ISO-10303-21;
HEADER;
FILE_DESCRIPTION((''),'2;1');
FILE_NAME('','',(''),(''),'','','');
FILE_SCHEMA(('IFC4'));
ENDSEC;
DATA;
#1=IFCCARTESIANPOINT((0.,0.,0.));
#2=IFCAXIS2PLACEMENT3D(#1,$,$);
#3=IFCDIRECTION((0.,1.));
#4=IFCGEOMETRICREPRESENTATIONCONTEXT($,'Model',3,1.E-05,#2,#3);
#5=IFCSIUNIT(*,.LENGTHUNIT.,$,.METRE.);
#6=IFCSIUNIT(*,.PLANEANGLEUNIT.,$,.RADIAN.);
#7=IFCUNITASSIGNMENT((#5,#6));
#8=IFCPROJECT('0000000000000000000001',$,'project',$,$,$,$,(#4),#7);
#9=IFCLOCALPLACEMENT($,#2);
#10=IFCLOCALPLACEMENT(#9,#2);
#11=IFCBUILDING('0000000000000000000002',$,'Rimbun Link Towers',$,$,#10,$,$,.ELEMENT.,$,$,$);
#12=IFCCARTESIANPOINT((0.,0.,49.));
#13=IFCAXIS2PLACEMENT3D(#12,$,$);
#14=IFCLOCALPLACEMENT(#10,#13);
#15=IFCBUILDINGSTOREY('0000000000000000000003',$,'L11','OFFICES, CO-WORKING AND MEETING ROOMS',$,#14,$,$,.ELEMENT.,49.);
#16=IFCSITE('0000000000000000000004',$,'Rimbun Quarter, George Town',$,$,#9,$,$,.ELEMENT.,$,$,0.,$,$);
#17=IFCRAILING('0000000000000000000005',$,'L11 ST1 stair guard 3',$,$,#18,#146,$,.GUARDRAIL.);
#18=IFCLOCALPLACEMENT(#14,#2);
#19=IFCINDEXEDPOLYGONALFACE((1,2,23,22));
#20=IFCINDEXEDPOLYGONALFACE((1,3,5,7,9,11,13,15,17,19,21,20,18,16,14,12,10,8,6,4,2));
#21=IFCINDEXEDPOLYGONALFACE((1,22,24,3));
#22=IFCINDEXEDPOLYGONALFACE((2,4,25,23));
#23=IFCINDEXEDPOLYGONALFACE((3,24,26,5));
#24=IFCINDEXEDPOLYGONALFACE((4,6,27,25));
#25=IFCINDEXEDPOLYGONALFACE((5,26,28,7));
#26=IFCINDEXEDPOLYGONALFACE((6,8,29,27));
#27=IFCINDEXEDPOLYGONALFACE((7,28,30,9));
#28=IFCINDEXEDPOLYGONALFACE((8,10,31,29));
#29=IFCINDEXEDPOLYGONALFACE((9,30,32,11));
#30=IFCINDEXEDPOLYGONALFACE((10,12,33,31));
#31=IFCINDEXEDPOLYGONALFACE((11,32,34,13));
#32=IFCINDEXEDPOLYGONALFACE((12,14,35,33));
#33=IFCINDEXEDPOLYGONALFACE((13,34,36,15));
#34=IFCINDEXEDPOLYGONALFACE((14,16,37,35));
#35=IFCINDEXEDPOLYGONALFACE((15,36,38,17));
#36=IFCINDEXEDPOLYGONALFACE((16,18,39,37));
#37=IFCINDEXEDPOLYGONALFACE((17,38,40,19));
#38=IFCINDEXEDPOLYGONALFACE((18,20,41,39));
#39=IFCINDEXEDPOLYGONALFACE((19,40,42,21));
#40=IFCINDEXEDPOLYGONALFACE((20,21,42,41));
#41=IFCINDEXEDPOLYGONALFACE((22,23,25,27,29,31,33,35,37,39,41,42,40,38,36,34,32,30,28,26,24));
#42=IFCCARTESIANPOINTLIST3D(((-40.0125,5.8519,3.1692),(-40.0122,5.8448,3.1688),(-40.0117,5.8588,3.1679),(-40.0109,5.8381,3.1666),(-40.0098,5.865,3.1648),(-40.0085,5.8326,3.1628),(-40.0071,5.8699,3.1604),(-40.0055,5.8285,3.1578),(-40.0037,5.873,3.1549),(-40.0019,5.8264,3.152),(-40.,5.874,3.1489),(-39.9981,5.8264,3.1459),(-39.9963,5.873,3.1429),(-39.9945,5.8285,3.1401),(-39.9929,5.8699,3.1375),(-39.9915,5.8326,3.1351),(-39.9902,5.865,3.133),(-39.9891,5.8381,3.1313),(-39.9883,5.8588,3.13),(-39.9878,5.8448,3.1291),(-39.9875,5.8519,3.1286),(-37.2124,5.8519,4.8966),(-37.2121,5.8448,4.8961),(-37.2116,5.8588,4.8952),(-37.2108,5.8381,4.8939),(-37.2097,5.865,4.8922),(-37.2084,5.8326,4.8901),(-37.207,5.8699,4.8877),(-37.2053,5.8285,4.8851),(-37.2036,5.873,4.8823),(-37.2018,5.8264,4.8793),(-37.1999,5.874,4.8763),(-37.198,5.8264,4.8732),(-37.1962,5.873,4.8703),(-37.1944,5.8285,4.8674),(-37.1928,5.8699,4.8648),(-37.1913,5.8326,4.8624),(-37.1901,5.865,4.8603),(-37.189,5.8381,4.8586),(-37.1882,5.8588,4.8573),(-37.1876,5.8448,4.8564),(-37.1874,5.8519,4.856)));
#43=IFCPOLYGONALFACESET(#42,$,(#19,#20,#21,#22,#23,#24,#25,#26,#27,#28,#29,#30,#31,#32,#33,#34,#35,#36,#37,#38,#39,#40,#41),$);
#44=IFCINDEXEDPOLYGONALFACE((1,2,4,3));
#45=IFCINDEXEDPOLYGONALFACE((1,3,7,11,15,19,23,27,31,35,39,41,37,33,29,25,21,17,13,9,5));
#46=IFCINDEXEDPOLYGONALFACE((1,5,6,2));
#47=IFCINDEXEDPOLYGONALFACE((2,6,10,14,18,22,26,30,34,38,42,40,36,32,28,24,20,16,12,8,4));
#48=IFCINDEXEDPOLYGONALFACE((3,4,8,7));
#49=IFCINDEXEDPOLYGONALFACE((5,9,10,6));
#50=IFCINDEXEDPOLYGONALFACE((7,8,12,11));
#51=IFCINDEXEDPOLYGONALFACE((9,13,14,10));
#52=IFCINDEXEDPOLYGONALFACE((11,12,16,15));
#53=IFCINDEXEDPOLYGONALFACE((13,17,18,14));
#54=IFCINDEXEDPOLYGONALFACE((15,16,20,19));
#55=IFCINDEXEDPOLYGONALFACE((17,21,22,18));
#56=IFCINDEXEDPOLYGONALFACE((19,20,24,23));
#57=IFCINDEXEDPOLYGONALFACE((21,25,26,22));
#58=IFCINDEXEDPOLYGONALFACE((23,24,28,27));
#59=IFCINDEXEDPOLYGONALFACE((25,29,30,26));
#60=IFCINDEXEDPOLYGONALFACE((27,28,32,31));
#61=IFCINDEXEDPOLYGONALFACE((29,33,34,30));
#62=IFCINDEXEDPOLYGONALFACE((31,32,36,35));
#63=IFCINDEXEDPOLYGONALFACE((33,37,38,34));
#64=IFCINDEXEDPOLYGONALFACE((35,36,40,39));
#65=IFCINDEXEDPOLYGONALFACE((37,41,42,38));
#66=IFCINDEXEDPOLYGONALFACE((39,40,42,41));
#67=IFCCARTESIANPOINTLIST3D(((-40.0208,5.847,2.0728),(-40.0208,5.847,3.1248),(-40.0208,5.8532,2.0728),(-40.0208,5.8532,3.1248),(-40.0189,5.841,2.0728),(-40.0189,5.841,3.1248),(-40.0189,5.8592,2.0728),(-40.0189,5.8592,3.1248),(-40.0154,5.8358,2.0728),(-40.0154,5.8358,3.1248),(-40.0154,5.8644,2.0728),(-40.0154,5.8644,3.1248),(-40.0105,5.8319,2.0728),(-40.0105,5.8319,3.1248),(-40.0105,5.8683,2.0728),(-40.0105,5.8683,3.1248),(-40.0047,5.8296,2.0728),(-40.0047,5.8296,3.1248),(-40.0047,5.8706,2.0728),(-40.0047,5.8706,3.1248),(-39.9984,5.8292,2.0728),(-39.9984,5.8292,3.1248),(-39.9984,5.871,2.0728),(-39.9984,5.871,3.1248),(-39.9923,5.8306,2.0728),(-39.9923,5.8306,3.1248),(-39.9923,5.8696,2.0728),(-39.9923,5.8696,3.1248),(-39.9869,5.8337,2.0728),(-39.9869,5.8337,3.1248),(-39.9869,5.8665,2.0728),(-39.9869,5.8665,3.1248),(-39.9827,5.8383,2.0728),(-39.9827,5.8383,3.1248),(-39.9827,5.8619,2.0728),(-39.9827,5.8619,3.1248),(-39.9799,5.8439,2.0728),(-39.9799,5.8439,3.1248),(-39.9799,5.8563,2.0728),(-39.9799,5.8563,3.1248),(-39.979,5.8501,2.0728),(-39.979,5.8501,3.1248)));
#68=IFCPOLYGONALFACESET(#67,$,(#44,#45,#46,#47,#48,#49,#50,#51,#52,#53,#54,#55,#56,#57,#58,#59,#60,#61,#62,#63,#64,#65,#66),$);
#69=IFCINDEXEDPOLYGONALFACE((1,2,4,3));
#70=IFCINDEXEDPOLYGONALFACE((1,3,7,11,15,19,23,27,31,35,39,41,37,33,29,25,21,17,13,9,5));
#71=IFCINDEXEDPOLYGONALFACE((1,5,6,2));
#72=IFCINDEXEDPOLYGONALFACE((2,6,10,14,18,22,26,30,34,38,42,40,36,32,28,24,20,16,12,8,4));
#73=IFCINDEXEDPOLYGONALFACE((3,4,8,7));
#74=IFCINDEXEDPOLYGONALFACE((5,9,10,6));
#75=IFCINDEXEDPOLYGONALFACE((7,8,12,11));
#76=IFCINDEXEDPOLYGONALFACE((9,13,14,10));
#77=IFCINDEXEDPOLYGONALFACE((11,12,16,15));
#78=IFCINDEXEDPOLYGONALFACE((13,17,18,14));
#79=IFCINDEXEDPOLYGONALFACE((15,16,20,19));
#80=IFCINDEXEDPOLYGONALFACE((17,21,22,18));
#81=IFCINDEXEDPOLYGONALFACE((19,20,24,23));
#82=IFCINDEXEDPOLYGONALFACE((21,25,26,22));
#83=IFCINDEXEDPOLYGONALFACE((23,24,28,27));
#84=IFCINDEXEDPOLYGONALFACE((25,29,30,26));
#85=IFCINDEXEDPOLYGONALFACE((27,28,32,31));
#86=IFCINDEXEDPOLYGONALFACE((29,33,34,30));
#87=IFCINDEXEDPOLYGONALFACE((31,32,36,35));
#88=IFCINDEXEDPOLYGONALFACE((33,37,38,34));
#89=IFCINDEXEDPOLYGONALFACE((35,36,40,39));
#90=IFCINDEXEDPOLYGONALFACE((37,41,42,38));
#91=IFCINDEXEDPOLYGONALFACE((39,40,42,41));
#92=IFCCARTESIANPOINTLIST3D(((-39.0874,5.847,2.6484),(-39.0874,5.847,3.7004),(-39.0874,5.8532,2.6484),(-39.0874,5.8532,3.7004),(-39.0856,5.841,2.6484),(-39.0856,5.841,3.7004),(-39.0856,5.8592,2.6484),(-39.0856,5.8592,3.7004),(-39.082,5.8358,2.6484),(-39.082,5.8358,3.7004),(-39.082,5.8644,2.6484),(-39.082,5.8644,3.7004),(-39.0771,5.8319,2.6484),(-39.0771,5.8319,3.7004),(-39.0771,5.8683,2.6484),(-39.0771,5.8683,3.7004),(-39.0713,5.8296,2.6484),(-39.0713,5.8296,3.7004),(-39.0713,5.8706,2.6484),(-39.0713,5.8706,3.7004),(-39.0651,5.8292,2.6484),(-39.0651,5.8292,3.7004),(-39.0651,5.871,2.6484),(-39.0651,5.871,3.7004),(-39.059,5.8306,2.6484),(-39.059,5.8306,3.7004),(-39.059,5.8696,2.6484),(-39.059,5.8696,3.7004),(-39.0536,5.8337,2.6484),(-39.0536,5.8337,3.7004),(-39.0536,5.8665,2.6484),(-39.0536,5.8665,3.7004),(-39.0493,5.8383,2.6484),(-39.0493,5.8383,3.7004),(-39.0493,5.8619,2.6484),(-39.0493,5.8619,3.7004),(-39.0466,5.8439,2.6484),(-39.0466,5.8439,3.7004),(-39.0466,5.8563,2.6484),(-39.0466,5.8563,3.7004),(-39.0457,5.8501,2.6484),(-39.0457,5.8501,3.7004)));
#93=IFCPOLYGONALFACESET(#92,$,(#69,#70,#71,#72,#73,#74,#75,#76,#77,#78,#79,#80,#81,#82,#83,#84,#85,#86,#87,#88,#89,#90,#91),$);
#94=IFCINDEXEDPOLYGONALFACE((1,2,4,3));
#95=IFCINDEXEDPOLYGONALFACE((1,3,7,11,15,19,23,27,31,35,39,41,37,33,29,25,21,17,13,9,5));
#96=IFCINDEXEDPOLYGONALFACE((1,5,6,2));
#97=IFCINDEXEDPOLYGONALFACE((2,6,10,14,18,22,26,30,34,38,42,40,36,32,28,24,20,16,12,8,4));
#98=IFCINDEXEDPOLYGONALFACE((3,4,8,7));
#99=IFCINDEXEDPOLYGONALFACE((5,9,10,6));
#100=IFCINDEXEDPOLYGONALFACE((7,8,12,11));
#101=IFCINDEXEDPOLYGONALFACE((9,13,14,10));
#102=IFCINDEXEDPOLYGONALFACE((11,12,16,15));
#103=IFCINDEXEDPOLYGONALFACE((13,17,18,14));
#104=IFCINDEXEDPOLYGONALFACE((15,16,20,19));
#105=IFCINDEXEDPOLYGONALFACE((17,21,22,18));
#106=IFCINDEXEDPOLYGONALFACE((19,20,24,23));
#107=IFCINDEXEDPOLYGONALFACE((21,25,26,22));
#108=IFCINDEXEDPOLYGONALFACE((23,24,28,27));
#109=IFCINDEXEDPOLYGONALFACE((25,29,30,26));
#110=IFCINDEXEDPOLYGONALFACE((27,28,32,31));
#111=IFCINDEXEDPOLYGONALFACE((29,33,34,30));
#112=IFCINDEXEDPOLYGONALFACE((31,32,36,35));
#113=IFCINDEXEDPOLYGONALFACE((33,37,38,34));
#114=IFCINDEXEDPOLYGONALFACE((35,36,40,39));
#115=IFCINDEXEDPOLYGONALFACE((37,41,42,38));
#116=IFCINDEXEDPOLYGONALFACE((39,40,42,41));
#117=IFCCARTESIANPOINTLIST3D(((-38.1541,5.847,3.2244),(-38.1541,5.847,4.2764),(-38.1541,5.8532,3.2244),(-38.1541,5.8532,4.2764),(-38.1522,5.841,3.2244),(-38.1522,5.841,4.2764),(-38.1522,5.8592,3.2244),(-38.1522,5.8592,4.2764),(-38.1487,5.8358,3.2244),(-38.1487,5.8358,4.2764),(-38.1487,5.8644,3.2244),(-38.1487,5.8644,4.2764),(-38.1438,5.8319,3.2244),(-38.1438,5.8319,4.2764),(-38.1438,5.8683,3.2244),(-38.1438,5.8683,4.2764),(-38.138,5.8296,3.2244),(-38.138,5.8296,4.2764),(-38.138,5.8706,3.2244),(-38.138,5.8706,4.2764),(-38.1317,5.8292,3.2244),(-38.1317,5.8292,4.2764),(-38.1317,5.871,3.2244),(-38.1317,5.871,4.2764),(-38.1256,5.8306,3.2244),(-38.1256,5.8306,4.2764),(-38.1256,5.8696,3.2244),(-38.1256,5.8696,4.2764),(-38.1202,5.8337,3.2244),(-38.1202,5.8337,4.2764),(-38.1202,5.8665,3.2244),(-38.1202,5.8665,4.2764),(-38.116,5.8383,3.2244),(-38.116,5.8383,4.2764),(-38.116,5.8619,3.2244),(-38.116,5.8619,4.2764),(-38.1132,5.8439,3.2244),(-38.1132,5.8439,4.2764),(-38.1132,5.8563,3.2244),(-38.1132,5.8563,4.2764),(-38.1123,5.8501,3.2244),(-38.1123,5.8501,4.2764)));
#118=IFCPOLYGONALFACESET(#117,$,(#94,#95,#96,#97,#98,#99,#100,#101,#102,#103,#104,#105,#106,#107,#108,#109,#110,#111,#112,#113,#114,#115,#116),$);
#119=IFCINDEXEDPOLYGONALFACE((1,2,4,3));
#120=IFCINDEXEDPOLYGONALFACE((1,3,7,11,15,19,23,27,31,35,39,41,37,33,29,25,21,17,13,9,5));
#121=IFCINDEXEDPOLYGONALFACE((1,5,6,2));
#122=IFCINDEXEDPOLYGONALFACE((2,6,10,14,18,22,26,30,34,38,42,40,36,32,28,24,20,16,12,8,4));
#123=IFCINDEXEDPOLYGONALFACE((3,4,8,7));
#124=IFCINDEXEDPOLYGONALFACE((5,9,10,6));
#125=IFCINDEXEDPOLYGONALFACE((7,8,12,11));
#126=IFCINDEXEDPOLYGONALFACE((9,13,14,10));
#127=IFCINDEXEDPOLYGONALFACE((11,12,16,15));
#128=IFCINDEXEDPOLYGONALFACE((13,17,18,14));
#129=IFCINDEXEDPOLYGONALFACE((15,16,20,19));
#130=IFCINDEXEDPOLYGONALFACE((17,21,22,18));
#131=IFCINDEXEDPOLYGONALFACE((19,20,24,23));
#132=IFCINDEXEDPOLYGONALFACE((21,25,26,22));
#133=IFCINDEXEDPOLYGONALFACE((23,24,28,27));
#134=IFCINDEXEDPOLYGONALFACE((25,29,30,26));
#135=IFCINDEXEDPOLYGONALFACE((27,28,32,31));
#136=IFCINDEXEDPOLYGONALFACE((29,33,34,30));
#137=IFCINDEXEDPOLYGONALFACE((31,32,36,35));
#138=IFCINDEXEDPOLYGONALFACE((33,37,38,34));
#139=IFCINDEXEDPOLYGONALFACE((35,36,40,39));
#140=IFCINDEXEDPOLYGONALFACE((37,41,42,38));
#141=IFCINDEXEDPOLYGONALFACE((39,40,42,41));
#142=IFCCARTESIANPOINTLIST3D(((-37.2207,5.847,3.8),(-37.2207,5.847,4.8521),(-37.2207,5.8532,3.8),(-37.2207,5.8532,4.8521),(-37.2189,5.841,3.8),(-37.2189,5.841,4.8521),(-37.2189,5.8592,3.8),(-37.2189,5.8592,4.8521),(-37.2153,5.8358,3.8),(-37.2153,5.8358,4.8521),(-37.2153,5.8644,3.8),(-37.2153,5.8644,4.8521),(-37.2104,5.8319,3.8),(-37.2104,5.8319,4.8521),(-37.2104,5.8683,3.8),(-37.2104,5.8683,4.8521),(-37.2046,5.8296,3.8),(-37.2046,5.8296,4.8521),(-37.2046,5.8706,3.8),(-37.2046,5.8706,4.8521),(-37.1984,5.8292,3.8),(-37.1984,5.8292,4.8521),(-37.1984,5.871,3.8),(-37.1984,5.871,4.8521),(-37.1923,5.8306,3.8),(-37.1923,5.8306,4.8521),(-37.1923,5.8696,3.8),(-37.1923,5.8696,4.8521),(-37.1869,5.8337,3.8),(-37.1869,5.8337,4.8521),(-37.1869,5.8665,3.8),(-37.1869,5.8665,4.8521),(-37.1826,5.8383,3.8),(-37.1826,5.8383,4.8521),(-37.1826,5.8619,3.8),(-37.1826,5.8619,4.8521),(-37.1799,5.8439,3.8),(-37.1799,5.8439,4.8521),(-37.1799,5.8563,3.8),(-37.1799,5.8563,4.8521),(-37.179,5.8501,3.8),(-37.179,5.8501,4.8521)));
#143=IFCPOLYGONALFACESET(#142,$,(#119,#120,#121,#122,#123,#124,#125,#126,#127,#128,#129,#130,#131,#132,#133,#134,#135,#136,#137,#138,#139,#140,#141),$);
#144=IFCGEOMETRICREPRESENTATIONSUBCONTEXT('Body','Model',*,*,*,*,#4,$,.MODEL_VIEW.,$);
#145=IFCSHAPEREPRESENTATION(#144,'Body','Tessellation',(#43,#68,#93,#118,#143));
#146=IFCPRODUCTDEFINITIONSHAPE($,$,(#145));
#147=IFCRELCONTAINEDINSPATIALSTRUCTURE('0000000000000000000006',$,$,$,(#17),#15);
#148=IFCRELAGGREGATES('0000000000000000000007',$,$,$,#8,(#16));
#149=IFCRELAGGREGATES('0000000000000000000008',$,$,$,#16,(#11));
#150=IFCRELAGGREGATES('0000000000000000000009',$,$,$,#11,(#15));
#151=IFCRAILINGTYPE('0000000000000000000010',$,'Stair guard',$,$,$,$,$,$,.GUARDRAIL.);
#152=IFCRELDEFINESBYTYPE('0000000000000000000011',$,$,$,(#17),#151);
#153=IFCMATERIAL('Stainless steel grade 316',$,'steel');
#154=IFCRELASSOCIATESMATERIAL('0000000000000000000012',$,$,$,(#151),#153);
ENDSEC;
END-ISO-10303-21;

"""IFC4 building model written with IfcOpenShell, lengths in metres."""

from ifc_helpers import new_model, si_unit, direction, frame, origin, origin_2d, place, context, subcontext, project, spatial, circle, extrude, material, type_object, element, save


model = new_model("IFC4")

# Units and contexts
model_context = context("Model", 3, precision=1e-05, world=origin(), true_north=direction((0.0, 1.0)))
body_context = subcontext(model_context, "Body", "Model", "MODEL_VIEW")
ifc_project = project(units=[si_unit("LENGTHUNIT", "METRE"), si_unit("PLANEANGLEUNIT", "RADIAN")], contexts=[model_context])

# Site, building, storey
site_placement = place(None, origin())
site = spatial("IfcSite", under=ifc_project, at=site_placement, Name="Rimbun Quarter, George Town", CompositionType="ELEMENT", RefElevation=0.0)
building_placement = place(site_placement, origin())
building = spatial("IfcBuilding", under=site, at=building_placement, Name="Rimbun Link Towers", CompositionType="ELEMENT")
storey_placement = place(building_placement, frame((0.0, 0.0, 49.0)))
storey = spatial("IfcBuildingStorey", under=building, at=storey_placement, Name="L11", Description="OFFICES, CO-WORKING AND MEETING ROOMS", CompositionType="ELEMENT", Elevation=49.0)

# Railing
ifc_material_1 = material(Name="Stainless steel grade 316", Category="steel")
railing_type_1 = type_object("IfcRailingType", Name="Stair guard", PredefinedType="GUARDRAIL", material=ifc_material_1)
railing_1_placement = place(storey_placement, frame((-40.0, 5.8501, 2.0728)))
element("IfcRailing", 1, at=railing_1_placement, inside=storey, type_object=railing_type_1, Name="L11 ST1 stair guard 3", PredefinedType="GUARDRAIL", context=body_context, shape_type="SweptSolid", body=[
    extrude(circle(Radius=0.0239, at=origin_2d()), frame((0.0, 0.0, 1.0762), z_axis=(0.85109, 0.0, 0.52502), x_axis=(0.0, 1.0, 0.0)), (0.0, 0.0, 1.0), 3.29),
    extrude(circle(Radius=0.021, at=origin_2d()), origin(), (0.0, 0.0, 1.0), 1.052),
    extrude(circle(Radius=0.021, at=origin_2d()), frame((0.9333, 0.0, 0.5757)), (0.0, 0.0, 1.0), 1.052),
    extrude(circle(Radius=0.021, at=origin_2d()), frame((1.8667, 0.0, 1.1516)), (0.0, 0.0, 1.0), 1.052),
    extrude(circle(Radius=0.021, at=origin_2d()), frame((2.8, 0.0, 1.7273)), (0.0, 0.0, 1.0), 1.052),
])

save(model, "model.ifc")
